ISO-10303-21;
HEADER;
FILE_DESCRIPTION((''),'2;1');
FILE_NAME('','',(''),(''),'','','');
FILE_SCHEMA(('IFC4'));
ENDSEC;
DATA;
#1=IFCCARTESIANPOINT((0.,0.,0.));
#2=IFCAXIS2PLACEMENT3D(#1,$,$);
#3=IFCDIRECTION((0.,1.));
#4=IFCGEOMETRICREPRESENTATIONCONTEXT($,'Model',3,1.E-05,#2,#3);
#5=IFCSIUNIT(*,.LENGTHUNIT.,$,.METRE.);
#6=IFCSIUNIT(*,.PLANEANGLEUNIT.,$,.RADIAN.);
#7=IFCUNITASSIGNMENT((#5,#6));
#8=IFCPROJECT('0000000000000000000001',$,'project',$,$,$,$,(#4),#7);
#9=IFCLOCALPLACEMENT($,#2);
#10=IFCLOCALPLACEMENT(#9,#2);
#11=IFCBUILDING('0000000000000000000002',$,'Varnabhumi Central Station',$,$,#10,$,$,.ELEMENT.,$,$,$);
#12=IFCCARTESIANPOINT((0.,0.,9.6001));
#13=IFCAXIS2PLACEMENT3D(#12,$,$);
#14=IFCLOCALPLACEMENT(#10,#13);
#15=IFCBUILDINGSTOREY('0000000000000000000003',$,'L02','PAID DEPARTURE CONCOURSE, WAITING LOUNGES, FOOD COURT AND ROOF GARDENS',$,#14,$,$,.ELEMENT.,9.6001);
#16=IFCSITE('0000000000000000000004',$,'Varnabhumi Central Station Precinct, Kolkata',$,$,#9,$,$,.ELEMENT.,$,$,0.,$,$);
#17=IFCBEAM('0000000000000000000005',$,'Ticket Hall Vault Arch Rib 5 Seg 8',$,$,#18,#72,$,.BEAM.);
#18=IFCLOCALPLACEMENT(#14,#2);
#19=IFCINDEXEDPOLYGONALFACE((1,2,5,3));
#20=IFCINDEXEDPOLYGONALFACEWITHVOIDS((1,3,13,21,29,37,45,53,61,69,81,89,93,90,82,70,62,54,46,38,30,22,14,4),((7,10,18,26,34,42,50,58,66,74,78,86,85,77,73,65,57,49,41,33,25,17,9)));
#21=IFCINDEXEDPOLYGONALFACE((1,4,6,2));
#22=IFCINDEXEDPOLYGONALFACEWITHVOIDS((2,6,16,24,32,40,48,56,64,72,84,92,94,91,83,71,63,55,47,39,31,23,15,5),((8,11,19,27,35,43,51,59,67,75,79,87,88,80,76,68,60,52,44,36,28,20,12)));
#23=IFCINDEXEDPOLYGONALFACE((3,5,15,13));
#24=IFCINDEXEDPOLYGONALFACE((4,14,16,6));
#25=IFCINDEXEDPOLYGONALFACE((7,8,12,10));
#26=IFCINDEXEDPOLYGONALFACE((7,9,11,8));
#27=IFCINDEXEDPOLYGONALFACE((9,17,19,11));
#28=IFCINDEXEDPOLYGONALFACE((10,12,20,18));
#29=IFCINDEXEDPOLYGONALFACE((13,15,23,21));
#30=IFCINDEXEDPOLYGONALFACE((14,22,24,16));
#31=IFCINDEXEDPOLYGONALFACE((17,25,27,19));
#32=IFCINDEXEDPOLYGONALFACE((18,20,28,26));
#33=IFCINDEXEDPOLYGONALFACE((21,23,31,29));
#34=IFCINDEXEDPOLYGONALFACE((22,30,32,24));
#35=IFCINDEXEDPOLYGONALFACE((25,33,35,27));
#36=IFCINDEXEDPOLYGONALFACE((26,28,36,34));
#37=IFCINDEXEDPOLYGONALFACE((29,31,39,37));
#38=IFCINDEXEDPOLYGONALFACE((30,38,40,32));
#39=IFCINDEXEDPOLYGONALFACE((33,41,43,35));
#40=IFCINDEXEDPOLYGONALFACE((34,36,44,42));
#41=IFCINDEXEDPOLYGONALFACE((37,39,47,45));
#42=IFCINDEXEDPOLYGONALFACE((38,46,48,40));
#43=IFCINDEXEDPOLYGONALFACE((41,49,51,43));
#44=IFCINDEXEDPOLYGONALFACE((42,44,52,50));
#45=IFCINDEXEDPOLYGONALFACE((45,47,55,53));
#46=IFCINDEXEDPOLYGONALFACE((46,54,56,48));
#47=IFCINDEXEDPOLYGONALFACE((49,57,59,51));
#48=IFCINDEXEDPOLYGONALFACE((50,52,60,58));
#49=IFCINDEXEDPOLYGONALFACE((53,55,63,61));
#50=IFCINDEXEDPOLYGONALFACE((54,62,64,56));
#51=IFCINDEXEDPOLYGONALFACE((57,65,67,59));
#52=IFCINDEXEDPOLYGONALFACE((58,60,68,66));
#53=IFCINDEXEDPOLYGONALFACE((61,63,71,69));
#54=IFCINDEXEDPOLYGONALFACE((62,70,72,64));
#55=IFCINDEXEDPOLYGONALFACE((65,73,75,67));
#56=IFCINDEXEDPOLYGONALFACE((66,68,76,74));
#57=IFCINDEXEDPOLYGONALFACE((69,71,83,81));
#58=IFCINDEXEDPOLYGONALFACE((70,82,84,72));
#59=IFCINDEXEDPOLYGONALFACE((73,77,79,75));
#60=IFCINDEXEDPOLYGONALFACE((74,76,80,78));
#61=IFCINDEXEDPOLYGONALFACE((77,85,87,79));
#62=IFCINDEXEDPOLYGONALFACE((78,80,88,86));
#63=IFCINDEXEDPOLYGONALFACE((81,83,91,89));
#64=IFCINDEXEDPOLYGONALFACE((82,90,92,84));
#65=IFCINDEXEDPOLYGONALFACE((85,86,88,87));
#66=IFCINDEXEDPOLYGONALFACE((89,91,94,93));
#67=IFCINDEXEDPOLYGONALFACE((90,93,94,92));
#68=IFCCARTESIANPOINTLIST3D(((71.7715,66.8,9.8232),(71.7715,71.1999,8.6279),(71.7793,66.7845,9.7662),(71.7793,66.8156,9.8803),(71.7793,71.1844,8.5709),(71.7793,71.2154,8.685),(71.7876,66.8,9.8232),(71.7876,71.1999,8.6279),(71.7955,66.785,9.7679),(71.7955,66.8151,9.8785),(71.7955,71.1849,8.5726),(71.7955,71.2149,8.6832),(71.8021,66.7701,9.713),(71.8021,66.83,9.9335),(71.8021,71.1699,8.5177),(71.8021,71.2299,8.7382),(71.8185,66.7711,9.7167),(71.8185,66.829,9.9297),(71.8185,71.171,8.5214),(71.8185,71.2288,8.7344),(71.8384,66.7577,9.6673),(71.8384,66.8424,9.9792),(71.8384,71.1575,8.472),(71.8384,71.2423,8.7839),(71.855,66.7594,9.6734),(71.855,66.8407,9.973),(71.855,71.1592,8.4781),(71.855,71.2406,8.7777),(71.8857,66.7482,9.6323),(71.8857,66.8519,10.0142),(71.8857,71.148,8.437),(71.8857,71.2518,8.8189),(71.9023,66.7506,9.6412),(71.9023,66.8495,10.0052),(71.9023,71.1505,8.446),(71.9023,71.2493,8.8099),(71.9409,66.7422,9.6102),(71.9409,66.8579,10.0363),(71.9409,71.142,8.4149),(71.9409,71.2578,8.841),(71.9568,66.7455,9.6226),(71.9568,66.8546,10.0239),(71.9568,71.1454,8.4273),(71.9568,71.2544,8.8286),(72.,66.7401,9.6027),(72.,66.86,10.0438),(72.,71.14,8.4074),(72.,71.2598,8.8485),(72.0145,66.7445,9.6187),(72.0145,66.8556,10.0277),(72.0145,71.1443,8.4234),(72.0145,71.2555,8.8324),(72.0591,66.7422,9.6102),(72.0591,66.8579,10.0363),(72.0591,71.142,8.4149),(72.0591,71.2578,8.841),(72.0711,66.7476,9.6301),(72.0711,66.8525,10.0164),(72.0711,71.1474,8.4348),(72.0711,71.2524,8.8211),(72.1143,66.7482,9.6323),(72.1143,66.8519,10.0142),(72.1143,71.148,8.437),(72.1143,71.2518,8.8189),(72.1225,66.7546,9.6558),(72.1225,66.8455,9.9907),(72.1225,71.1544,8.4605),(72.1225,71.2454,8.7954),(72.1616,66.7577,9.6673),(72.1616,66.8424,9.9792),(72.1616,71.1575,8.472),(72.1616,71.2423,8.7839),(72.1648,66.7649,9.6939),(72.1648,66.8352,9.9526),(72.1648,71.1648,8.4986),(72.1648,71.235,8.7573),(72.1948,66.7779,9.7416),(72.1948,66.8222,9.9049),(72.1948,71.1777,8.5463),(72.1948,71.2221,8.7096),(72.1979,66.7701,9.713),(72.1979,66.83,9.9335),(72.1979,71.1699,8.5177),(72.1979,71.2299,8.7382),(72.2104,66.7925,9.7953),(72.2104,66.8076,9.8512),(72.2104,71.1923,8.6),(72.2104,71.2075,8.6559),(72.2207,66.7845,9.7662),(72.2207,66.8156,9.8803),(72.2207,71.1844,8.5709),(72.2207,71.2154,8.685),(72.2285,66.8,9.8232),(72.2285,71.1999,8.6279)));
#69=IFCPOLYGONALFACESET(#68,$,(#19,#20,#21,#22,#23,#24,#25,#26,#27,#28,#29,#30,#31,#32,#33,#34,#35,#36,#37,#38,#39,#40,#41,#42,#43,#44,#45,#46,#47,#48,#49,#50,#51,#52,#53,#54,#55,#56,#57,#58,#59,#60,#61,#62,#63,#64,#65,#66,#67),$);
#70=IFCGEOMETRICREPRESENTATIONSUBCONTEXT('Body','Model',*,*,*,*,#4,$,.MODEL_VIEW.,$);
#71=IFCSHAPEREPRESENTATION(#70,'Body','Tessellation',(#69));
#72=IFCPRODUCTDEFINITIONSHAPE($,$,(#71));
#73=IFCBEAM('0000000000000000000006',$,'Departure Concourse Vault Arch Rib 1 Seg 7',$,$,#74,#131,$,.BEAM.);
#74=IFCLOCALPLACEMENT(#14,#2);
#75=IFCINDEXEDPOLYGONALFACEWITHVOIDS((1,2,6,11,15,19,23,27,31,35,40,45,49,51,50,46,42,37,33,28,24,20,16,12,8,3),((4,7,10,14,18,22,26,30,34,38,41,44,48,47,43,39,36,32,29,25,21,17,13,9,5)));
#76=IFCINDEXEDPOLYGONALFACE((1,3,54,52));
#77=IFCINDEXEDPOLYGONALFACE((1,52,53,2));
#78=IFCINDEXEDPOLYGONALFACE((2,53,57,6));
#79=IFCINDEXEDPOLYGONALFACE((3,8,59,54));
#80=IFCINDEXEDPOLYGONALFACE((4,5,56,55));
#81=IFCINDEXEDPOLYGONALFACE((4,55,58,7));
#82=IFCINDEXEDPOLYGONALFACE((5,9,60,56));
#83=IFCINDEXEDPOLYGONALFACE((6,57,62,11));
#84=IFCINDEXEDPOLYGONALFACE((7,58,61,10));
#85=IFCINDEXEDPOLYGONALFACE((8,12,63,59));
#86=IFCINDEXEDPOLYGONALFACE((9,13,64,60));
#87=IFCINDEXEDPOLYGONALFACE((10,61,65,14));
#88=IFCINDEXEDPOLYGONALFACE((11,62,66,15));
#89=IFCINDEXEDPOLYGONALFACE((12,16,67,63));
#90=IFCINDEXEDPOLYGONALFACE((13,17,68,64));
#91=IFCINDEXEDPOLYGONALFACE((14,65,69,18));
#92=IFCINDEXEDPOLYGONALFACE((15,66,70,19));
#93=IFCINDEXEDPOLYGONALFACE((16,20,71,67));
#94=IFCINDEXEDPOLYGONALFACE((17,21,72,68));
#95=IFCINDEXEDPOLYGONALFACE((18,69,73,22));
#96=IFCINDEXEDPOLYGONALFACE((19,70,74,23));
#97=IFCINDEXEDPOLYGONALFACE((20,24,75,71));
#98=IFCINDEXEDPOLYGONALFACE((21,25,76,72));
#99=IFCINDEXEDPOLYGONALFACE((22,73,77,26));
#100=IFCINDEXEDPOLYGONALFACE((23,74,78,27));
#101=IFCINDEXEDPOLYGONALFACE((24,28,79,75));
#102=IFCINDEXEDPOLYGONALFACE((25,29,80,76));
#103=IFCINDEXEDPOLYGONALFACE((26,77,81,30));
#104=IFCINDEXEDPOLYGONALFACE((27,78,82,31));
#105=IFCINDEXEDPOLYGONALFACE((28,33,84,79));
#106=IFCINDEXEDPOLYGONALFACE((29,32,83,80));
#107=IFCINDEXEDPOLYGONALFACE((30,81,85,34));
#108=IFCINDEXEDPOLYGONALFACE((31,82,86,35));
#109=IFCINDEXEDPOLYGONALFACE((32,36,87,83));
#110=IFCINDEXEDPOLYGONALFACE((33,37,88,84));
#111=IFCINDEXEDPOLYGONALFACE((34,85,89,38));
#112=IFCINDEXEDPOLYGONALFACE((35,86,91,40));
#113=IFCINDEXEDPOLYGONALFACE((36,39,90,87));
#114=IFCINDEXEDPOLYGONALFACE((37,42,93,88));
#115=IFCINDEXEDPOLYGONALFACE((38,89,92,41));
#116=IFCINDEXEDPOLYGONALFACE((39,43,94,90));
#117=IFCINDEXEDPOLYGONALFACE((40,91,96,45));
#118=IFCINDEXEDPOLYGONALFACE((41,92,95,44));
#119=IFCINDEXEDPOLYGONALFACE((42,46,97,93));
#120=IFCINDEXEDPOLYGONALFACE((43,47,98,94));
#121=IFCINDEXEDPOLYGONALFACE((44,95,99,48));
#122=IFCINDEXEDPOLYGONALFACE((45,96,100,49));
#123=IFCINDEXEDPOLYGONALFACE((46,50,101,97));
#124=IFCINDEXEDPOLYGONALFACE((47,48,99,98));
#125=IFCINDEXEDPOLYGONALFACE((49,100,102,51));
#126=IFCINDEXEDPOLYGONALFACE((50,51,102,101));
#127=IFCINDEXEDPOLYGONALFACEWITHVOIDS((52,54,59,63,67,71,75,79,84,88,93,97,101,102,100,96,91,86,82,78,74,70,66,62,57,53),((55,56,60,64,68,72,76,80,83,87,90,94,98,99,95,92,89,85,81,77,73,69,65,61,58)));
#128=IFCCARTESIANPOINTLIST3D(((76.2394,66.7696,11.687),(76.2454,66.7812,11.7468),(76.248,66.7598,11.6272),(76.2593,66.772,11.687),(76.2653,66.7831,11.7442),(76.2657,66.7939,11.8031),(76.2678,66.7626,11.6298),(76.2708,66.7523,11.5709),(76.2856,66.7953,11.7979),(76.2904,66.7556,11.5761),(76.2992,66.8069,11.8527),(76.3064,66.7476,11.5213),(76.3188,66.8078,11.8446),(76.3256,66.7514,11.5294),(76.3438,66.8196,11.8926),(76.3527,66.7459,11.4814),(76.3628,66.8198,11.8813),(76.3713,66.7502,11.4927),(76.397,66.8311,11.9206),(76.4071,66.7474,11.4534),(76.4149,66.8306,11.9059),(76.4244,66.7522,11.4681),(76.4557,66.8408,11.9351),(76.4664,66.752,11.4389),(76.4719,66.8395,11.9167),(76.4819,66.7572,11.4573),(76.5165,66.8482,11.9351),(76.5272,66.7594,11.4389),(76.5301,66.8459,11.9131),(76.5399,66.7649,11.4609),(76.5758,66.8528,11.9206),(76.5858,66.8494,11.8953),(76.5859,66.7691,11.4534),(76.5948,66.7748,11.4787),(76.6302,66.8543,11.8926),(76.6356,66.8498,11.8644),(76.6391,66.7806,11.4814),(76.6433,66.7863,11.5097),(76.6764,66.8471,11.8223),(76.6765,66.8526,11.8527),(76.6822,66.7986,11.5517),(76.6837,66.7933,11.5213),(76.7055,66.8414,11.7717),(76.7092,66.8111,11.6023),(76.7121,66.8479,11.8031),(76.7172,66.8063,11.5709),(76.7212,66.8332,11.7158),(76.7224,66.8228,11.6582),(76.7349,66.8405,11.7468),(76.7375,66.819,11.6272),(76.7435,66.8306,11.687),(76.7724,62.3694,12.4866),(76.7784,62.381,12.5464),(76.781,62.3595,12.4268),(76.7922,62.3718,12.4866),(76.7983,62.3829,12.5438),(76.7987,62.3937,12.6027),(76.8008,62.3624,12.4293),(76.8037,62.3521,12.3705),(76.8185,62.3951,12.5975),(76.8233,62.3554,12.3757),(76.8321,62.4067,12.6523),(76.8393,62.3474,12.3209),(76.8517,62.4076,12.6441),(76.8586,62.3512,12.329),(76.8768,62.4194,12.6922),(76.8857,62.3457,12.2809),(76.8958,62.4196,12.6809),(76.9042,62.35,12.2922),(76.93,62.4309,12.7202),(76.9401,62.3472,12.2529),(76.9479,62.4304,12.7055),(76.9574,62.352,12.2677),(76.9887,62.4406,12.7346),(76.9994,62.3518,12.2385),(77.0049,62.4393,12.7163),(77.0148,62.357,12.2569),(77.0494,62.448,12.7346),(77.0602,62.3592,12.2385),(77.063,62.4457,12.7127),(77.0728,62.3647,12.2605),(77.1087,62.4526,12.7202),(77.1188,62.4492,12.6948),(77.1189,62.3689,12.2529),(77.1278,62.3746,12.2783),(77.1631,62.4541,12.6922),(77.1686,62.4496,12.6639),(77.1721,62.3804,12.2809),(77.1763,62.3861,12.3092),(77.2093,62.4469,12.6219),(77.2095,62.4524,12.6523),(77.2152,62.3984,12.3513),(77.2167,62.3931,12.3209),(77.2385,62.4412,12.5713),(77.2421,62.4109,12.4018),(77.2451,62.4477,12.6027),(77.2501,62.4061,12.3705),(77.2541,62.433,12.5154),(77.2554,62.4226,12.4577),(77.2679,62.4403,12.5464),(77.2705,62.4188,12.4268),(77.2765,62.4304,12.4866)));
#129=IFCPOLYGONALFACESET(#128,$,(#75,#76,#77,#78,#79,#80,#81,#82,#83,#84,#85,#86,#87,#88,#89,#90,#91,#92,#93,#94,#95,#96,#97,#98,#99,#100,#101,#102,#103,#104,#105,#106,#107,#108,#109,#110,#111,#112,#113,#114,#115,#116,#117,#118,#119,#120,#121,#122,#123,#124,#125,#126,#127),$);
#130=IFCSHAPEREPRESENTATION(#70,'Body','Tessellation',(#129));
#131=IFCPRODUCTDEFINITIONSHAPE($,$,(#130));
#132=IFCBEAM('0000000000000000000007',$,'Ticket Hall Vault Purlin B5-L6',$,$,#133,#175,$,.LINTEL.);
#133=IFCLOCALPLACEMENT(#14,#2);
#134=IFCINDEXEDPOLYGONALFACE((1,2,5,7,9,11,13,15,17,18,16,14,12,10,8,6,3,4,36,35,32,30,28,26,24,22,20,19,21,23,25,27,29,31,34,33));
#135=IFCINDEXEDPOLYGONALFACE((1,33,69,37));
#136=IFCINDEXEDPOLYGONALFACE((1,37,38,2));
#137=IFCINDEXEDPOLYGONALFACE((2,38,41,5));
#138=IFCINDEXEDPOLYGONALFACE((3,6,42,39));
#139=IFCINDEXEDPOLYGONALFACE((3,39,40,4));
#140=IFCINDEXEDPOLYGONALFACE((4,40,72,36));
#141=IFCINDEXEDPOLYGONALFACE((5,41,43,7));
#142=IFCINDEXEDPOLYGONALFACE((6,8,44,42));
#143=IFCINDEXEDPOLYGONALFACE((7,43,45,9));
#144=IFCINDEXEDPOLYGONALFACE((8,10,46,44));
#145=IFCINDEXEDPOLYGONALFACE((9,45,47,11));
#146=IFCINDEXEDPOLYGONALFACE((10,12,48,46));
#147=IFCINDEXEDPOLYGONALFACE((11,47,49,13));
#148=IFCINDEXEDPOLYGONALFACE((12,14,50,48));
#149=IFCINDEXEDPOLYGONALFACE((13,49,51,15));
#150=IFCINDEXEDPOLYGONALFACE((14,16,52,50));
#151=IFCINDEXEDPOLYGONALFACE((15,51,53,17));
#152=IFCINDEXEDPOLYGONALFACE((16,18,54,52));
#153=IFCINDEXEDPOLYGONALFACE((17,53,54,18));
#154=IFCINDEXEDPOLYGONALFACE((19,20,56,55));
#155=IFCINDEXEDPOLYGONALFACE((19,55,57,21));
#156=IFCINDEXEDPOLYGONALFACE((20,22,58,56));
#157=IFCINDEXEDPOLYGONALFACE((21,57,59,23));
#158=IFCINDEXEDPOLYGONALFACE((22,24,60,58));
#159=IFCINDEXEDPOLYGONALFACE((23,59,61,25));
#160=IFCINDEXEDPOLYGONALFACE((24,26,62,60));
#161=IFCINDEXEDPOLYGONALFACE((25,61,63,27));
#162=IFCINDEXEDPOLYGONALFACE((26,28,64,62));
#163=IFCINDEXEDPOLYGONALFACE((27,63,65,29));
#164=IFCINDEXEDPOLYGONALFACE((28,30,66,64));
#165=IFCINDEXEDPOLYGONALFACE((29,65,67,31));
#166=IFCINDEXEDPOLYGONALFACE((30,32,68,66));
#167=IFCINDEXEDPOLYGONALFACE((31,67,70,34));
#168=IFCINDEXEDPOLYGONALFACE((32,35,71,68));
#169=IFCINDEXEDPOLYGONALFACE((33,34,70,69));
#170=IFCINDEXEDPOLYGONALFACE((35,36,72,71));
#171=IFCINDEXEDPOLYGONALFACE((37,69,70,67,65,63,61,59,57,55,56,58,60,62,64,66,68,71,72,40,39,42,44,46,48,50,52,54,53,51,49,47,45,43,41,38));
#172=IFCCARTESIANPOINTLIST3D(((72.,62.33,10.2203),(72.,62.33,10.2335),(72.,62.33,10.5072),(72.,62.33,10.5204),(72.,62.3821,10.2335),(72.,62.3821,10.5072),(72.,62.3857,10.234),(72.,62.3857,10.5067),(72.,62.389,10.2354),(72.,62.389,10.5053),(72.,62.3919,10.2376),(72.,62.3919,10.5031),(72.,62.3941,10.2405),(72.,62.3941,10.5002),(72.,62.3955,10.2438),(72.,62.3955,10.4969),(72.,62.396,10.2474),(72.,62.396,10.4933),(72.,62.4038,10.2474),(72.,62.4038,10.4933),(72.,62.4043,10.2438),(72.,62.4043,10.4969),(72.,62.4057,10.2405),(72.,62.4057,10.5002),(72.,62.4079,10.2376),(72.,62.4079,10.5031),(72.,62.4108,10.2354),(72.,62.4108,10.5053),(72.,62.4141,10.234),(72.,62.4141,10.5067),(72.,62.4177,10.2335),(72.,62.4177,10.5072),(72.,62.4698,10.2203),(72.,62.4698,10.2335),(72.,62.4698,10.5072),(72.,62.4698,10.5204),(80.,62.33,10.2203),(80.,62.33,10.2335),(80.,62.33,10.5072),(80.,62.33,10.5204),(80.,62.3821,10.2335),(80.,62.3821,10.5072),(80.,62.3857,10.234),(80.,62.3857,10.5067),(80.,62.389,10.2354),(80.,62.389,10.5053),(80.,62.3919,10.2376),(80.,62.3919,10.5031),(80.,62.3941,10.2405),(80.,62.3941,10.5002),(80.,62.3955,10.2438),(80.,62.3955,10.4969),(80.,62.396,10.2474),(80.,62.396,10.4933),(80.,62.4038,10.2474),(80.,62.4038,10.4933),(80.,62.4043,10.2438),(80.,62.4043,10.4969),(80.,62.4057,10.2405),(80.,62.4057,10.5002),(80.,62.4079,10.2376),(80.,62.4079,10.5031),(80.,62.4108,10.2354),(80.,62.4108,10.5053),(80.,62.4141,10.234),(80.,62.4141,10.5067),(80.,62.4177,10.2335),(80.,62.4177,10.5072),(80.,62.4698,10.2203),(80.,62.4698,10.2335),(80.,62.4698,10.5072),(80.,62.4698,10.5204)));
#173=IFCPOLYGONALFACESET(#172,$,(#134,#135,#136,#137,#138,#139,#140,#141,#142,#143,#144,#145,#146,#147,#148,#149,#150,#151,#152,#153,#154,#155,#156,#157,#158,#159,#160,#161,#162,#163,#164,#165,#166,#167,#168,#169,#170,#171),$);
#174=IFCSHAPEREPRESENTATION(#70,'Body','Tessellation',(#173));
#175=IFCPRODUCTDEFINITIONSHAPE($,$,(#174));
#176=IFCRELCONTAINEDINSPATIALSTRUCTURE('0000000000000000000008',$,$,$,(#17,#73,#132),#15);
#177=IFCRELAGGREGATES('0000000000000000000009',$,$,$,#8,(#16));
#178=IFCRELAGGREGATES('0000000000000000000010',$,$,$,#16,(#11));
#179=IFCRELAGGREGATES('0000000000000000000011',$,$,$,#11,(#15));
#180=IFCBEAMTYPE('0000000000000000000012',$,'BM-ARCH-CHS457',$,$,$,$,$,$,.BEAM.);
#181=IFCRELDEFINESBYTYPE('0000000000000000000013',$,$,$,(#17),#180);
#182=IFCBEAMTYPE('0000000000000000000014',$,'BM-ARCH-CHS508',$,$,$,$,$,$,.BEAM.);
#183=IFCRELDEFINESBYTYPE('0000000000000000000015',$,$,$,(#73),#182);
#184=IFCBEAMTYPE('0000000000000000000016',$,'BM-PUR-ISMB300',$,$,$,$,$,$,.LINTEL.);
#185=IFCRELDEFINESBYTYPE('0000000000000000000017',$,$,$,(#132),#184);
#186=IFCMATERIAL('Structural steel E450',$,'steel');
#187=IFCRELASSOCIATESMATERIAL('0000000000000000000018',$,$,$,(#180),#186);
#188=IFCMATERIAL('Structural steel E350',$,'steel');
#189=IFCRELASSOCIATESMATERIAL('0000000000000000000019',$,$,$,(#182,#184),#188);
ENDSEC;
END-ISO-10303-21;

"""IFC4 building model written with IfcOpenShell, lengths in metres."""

from ifc_helpers import new_model, si_unit, direction, frame, origin, origin_2d, place, context, subcontext, project, spatial, hollow_circle, i_section, extrude, material, material_profile, profile_set, type_object, element, save


model = new_model("IFC4")

# Units and contexts
model_context = context("Model", 3, precision=1e-05, world=origin(), true_north=direction((0.0, 1.0)))
body_context = subcontext(model_context, "Body", "Model", "MODEL_VIEW")
ifc_project = project(units=[si_unit("LENGTHUNIT", "METRE"), si_unit("PLANEANGLEUNIT", "RADIAN")], contexts=[model_context])

# Site, building, storey
site_placement = place(None, origin())
site = spatial("IfcSite", under=ifc_project, at=site_placement, Name="Varnabhumi Central Station Precinct, Kolkata", CompositionType="ELEMENT", RefElevation=0.0)
building_placement = place(site_placement, origin())
building = spatial("IfcBuilding", under=site, at=building_placement, Name="Varnabhumi Central Station", CompositionType="ELEMENT")
storey_placement = place(building_placement, frame((0.0, 0.0, 9.6001)))
storey = spatial("IfcBuildingStorey", under=building, at=storey_placement, Name="L02", Description="PAID DEPARTURE CONCOURSE, WAITING LOUNGES, FOOD COURT AND ROOF GARDENS", CompositionType="ELEMENT", Elevation=9.6001)

# Beams
ifc_material_1 = material(Name="Structural steel E450", Category="steel")
ifc_material_profile_1 = material_profile(ifc_material_1, hollow_circle(Radius=0.2285, WallThickness=0.0161, at=origin_2d()), Name="Structural steel E450", Category="steel")
ifc_profile_set_1 = profile_set([ifc_material_profile_1], Name="Structural steel E450")
beam_type_1 = type_object("IfcBeamType", Name="BM-ARCH-CHS457", PredefinedType="BEAM", material=ifc_profile_set_1)
beam_1_placement = place(storey_placement, frame((72.0, 66.8, 9.8232), z_axis=(0.0, 0.965023, -0.262166), x_axis=(-1.0, 0.0, 0.0)))
element("IfcBeam", 1, at=beam_1_placement, inside=storey, type_object=beam_type_1, Name="Ticket Hall Vault Arch Rib 5 Seg 8", PredefinedType="BEAM", context=body_context, shape_type="SweptSolid", body=[
    extrude(hollow_circle(Radius=0.2285, WallThickness=0.0161, at=origin_2d()), origin(), (0.0, 0.0, 1.0), 4.5593),
])
ifc_material_2 = material(Name="Structural steel E350", Category="steel")
ifc_material_profile_2 = material_profile(ifc_material_2, hollow_circle(Radius=0.2539, WallThickness=0.02, at=origin_2d()), Name="Structural steel E350", Category="steel")
ifc_profile_set_2 = profile_set([ifc_material_profile_2], Name="Structural steel E350")
beam_type_2 = type_object("IfcBeamType", Name="BM-ARCH-CHS508", PredefinedType="BEAM", material=ifc_profile_set_2)
beam_2_placement = place(storey_placement, frame((77.0244, 62.3999, 12.4866), z_axis=(-0.118334, 0.976975, -0.177528), x_axis=(-0.992744, -0.120244, 0.0)))
element("IfcBeam", 2, at=beam_2_placement, inside=storey, type_object=beam_type_2, Name="Departure Concourse Vault Arch Rib 1 Seg 7", PredefinedType="BEAM", context=body_context, shape_type="SweptSolid", body=[
    extrude(hollow_circle(Radius=0.2539, WallThickness=0.02, at=origin_2d()), origin(), (0.0, 0.0, 1.0), 4.5039),
])
ifc_material_profile_3 = material_profile(ifc_material_2, i_section(OverallWidth=0.1399, OverallDepth=0.3, WebThickness=0.0078, FlangeThickness=0.0132, FilletRadius=0.0139, at=origin_2d()), Name="Structural steel E350", Category="steel")
ifc_profile_set_3 = profile_set([ifc_material_profile_3], Name="Structural steel E350")
beam_type_3 = type_object("IfcBeamType", Name="BM-PUR-ISMB300", PredefinedType="LINTEL", material=ifc_profile_set_3)
for number, where, z_axis, x_axis, name in (
    (3, (72.0, 62.3999, 10.3704), (1.0, 0.0, 0.0), (0.0, 1.0, 0.0), "Ticket Hall Vault Purlin B5-L6"),
):
    element("IfcBeam", number, at=place(storey_placement, frame(where, z_axis=z_axis, x_axis=x_axis)), inside=storey, type_object=beam_type_3, Name=name, PredefinedType="LINTEL", context=body_context, shape_type="SweptSolid", body=[
        extrude(i_section(OverallWidth=0.1399, OverallDepth=0.3, WebThickness=0.0078, FlangeThickness=0.0132, FilletRadius=0.0139, at=origin_2d()), origin(), (0.0, 0.0, 1.0), 8.0),
    ])

save(model, "model.ifc")
